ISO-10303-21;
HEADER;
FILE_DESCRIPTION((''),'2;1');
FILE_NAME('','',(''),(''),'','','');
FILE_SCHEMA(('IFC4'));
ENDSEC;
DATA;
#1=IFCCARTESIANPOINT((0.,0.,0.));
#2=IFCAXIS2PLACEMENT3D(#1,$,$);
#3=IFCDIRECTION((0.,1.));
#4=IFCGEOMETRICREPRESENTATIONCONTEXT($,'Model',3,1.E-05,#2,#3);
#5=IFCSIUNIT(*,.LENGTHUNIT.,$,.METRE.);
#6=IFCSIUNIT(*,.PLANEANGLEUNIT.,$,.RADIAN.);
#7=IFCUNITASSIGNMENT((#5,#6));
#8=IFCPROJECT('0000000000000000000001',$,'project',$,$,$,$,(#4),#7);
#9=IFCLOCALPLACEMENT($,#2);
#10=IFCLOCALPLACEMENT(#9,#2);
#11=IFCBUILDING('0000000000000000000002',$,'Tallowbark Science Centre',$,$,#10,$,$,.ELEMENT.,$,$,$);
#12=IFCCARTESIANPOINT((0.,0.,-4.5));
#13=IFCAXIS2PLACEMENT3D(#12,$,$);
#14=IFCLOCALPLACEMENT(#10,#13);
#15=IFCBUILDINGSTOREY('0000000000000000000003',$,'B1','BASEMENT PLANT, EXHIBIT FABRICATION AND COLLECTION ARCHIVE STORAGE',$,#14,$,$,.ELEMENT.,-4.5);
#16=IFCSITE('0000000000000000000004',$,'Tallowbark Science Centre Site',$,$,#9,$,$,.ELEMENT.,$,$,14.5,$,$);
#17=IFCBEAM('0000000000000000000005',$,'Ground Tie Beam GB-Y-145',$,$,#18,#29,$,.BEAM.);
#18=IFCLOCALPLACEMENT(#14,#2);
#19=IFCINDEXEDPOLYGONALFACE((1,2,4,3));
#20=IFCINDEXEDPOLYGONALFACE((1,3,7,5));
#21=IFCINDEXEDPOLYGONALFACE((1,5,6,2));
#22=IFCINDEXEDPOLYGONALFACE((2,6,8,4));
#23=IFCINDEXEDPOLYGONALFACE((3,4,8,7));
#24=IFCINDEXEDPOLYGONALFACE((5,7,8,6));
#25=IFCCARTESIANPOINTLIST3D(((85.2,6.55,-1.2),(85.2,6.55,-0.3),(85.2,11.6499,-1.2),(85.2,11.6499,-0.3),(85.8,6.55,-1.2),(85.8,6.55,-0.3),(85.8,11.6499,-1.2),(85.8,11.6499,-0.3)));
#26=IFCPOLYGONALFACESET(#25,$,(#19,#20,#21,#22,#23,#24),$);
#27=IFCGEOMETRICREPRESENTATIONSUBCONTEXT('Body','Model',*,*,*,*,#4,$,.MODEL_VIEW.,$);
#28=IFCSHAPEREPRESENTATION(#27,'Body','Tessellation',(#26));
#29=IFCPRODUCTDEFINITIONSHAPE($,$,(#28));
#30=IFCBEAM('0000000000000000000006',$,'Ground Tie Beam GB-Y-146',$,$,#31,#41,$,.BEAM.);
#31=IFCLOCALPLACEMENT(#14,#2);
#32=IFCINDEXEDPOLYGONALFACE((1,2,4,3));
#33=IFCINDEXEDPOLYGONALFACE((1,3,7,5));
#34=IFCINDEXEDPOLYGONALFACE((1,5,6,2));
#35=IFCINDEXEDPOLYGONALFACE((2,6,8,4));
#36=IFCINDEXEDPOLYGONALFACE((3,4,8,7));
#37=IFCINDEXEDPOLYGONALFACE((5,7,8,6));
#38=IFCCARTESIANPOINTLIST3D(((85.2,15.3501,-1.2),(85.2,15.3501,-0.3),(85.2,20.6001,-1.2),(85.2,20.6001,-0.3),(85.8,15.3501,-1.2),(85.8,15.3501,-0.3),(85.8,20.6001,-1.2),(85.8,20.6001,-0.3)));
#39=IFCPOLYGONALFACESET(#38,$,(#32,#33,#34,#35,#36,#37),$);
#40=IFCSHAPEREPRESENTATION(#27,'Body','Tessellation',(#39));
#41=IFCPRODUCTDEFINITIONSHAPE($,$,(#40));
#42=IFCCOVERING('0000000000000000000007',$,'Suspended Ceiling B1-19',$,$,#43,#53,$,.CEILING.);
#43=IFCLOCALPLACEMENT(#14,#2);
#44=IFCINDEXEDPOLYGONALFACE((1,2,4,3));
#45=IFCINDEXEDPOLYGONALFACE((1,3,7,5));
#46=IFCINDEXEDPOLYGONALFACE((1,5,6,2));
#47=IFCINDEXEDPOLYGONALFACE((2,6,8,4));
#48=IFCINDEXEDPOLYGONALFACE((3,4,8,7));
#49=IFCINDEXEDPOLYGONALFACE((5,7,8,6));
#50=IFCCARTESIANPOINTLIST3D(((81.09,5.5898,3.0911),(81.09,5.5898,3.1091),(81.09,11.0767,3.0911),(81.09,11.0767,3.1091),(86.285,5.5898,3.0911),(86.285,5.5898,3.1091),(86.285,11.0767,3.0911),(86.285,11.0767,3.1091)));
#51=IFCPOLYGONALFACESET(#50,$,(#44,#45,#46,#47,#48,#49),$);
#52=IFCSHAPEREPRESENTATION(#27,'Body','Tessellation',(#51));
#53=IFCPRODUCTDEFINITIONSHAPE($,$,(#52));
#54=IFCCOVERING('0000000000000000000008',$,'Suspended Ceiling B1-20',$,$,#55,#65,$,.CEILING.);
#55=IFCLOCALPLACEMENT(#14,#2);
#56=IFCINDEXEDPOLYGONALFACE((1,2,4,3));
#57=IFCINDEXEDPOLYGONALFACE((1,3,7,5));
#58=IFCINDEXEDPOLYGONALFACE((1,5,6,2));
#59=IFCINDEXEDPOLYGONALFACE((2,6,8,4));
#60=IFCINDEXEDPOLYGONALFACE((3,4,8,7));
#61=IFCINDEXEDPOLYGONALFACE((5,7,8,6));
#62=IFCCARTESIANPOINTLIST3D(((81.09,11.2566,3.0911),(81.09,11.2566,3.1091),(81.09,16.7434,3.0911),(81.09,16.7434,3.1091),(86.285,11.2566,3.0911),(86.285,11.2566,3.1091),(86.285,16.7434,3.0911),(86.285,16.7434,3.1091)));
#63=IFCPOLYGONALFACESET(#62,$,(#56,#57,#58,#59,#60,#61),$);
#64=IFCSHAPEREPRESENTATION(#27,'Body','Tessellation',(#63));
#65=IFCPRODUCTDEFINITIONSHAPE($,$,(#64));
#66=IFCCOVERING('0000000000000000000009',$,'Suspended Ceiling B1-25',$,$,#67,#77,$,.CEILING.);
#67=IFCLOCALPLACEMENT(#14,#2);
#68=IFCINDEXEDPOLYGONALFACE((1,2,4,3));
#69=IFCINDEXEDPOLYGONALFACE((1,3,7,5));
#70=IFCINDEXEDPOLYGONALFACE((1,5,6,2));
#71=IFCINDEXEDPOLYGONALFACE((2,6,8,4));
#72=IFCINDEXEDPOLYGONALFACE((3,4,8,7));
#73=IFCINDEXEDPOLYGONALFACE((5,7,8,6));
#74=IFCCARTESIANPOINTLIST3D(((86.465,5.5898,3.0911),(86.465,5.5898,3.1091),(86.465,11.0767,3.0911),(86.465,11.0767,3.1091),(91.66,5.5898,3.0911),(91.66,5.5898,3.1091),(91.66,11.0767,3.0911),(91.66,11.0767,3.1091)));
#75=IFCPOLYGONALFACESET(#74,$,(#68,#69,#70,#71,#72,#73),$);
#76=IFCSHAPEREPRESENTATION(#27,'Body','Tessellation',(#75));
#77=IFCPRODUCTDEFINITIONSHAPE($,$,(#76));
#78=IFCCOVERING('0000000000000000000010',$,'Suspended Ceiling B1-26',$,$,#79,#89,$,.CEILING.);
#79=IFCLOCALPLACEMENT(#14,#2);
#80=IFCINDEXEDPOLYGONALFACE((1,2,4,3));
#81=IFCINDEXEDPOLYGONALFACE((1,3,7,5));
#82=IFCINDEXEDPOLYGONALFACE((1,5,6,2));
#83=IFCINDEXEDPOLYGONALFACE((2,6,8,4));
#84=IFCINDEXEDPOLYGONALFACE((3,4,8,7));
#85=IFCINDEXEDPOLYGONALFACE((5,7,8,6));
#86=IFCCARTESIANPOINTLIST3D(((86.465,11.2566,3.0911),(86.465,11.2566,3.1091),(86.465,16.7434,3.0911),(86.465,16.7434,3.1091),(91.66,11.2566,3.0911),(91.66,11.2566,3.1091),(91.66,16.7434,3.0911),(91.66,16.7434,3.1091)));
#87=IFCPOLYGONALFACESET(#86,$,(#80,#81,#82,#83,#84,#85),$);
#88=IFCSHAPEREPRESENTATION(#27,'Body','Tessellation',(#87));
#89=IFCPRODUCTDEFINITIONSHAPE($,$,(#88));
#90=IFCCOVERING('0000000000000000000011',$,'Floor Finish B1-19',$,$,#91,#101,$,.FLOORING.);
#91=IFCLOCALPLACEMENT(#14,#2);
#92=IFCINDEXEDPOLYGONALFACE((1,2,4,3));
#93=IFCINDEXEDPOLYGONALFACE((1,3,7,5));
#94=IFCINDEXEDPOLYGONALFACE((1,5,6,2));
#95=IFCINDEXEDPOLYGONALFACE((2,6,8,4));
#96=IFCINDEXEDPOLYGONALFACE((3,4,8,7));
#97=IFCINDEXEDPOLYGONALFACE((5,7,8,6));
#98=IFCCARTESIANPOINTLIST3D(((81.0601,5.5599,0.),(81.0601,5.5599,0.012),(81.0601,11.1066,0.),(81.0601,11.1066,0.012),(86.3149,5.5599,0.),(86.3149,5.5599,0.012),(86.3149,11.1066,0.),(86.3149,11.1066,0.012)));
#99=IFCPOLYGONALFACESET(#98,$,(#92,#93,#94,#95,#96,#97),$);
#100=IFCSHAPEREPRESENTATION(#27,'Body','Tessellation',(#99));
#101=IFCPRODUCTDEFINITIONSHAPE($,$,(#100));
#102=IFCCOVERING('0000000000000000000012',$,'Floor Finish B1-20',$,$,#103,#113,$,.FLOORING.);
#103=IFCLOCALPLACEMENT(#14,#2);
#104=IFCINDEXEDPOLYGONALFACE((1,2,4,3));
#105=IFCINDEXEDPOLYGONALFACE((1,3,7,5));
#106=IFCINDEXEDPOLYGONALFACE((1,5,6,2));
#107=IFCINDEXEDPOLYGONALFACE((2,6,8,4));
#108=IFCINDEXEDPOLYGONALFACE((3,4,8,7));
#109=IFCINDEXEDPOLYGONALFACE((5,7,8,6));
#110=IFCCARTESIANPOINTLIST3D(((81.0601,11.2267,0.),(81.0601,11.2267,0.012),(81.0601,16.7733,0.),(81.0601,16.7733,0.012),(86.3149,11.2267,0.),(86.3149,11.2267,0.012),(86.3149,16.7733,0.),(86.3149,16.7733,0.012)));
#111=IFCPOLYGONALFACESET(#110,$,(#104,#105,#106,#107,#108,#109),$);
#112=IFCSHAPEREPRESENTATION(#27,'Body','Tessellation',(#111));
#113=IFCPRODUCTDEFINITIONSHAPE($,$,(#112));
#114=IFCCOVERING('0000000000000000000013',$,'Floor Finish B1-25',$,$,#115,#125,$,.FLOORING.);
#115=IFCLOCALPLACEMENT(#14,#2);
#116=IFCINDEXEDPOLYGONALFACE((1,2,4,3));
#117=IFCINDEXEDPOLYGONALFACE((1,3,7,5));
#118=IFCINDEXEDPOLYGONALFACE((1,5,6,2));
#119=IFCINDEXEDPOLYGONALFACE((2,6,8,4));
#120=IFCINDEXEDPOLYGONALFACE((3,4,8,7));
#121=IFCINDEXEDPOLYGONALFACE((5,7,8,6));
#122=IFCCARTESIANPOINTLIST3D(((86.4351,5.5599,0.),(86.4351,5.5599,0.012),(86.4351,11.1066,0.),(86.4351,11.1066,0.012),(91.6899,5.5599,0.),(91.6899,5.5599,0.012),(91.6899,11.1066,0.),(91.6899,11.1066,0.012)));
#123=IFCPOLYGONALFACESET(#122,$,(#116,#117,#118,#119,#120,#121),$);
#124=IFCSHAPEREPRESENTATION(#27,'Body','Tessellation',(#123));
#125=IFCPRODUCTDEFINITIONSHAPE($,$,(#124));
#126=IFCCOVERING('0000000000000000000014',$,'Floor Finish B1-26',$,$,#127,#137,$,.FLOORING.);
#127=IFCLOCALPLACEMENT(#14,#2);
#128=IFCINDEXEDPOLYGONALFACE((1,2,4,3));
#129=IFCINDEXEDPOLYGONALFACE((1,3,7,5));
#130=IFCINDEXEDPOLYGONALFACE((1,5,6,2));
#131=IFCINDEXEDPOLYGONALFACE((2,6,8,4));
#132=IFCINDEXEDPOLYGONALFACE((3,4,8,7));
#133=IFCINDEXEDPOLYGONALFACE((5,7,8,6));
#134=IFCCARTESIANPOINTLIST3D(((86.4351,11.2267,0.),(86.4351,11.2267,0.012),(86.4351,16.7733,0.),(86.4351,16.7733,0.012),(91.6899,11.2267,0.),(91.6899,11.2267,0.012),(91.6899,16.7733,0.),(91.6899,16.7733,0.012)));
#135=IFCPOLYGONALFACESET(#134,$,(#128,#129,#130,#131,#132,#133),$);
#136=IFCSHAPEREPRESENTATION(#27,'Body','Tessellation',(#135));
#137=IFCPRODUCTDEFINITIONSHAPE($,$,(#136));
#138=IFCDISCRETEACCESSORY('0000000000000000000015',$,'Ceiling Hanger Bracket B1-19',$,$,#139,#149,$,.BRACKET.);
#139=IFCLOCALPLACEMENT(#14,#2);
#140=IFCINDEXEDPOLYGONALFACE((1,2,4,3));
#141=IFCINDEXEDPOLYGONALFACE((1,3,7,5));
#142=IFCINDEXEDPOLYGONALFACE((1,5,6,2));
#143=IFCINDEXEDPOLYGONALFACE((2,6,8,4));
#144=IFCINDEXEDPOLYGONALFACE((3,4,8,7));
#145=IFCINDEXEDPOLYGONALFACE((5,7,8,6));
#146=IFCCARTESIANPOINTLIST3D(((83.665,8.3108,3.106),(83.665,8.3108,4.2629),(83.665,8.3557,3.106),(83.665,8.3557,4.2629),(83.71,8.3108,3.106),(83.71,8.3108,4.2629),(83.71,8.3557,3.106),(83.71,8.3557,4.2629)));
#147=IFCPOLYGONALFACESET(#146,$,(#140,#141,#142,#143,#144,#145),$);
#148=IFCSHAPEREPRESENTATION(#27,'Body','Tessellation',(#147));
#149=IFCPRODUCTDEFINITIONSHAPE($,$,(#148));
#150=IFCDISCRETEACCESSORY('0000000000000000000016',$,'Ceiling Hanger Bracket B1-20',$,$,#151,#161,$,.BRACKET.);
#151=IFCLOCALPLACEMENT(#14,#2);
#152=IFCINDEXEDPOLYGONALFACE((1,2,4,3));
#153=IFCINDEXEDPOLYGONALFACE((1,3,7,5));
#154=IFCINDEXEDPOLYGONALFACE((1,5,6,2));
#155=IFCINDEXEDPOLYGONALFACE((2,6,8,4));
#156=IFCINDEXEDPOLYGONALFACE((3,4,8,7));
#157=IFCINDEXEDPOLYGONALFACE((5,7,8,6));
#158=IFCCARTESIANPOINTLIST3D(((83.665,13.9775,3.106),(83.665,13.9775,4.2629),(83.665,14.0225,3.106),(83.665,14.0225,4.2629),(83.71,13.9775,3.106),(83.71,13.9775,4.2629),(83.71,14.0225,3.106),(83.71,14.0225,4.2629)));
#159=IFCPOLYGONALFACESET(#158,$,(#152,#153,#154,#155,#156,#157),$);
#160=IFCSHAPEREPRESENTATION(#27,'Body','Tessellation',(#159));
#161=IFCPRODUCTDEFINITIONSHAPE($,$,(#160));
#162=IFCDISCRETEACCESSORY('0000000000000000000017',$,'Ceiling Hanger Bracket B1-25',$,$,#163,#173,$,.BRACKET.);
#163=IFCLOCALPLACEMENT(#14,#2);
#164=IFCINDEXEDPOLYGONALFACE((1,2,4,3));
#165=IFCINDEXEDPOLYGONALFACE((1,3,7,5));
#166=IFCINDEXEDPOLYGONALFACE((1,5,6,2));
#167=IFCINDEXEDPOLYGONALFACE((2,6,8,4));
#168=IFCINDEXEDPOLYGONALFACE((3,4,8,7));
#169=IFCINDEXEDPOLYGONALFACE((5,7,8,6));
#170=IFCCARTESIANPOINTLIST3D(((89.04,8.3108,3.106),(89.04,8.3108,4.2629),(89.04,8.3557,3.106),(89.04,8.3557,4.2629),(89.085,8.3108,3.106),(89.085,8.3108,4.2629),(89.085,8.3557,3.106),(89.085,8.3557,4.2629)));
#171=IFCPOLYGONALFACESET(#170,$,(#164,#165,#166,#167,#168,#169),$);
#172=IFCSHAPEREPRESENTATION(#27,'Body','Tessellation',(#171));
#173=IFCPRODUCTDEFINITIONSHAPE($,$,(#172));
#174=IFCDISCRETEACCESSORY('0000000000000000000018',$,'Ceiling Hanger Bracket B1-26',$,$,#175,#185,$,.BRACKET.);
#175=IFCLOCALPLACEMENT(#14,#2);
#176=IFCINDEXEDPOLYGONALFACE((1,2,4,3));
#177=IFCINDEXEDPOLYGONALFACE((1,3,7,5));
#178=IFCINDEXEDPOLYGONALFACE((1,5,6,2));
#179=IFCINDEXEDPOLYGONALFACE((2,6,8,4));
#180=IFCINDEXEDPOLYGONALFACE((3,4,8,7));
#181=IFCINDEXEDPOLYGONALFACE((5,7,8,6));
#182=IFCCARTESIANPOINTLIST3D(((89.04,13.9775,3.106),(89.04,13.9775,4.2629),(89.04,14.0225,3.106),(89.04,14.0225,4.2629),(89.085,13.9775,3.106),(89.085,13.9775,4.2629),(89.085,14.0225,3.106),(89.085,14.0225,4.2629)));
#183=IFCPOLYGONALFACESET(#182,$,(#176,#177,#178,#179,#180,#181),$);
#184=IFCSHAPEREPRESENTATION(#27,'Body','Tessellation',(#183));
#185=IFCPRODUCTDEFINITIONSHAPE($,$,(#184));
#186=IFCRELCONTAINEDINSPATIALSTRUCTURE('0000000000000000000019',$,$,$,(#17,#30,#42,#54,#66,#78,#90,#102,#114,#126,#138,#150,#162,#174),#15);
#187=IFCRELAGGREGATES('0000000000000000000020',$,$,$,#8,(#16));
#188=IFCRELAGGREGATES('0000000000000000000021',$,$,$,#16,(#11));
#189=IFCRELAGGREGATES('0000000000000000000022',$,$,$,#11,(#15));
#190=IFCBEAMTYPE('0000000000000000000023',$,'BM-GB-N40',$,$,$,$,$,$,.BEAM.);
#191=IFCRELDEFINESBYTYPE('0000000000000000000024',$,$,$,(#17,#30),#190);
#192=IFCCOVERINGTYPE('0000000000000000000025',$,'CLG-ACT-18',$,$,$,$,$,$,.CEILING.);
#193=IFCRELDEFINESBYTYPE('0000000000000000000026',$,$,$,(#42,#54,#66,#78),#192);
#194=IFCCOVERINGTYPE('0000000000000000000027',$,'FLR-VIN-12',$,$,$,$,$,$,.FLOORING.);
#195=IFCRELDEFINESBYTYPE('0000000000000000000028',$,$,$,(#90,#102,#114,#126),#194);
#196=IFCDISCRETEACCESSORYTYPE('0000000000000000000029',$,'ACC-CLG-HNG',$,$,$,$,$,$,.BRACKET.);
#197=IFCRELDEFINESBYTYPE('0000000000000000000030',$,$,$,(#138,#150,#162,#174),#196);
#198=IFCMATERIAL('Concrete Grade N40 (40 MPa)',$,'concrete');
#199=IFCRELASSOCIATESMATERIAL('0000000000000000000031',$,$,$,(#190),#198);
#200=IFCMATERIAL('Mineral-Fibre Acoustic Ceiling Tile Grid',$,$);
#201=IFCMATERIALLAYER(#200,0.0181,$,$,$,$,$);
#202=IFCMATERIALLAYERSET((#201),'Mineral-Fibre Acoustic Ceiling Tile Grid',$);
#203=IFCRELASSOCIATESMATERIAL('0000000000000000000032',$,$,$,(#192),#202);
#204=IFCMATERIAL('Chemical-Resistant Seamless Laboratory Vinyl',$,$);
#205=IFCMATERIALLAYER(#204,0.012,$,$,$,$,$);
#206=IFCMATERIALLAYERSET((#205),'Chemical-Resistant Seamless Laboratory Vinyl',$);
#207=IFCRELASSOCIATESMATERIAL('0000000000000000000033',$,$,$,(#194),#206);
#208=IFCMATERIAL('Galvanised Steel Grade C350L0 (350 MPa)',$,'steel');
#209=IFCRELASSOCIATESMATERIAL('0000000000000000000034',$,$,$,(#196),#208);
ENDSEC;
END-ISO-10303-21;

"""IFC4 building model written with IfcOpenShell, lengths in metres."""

from ifc_helpers import new_model, si_unit, direction, frame, origin, origin_2d, place, context, subcontext, project, spatial, rectangle, extrude, material, layer, layer_set, material_profile, profile_set, type_object, element, save


model = new_model("IFC4")

# Units and contexts
model_context = context("Model", 3, precision=1e-05, world=origin(), true_north=direction((0.0, 1.0)))
body_context = subcontext(model_context, "Body", "Model", "MODEL_VIEW")
ifc_project = project(units=[si_unit("LENGTHUNIT", "METRE"), si_unit("PLANEANGLEUNIT", "RADIAN")], contexts=[model_context])

# Site, building, storey
site_placement = place(None, origin())
site = spatial("IfcSite", under=ifc_project, at=site_placement, Name="Tallowbark Science Centre Site", CompositionType="ELEMENT", RefElevation=14.5)
building_placement = place(site_placement, origin())
building = spatial("IfcBuilding", under=site, at=building_placement, Name="Tallowbark Science Centre", CompositionType="ELEMENT")
storey_placement = place(building_placement, frame((0.0, 0.0, -4.5)))
storey = spatial("IfcBuildingStorey", under=building, at=storey_placement, Name="B1", Description="BASEMENT PLANT, EXHIBIT FABRICATION AND COLLECTION ARCHIVE STORAGE", CompositionType="ELEMENT", Elevation=-4.5)

# Shared definitions
ifc_material_1 = material(Name="Concrete Grade N40 (40 MPa)", Category="concrete")

# Beams
ifc_material_profile_1 = material_profile(ifc_material_1, rectangle(XDim=0.6001, YDim=0.8999, at=origin_2d()), Name="RC600x900")
ifc_profile_set_1 = profile_set([ifc_material_profile_1], Name="Concrete Grade N40 (40 MPa)")
beam_type = type_object("IfcBeamType", Name="BM-GB-N40", PredefinedType="BEAM", material=ifc_profile_set_1)
beam_1_placement = place(storey_placement, frame((85.5, 6.55, -0.75), z_axis=(0.0, 1.0, 0.0), x_axis=(-1.0, 0.0, 0.0)))
element("IfcBeam", 1, at=beam_1_placement, inside=storey, type_object=beam_type, Name="Ground Tie Beam GB-Y-145", PredefinedType="BEAM", context=body_context, shape_type="SweptSolid", body=[
    extrude(rectangle(XDim=0.6001, YDim=0.8999, at=origin_2d()), origin(), (0.0, 0.0, 1.0), 5.0999),
])
beam_2_placement = place(storey_placement, frame((85.5, 15.3501, -0.75), z_axis=(0.0, 1.0, 0.0), x_axis=(-1.0, 0.0, 0.0)))
element("IfcBeam", 2, at=beam_2_placement, inside=storey, type_object=beam_type, Name="Ground Tie Beam GB-Y-146", PredefinedType="BEAM", context=body_context, shape_type="SweptSolid", body=[
    extrude(rectangle(XDim=0.6001, YDim=0.8999, at=origin_2d()), origin(), (0.0, 0.0, 1.0), 5.25),
])

# Coverings
ifc_material_2 = material(Name="Mineral-Fibre Acoustic Ceiling Tile Grid")
ifc_layer_1 = layer(ifc_material_2, 0.0181)
ifc_layer_set_1 = layer_set([ifc_layer_1], Name="Mineral-Fibre Acoustic Ceiling Tile Grid")
covering_type_1 = type_object("IfcCoveringType", Name="CLG-ACT-18", PredefinedType="CEILING", material=ifc_layer_set_1)
for number, where, z_axis, x_axis, name in (
    (3, (83.6875, 8.3333, 3.0911), (0.0, 0.0, 1.0), (1.0, 0.0, 0.0), "Suspended Ceiling B1-19"),
    (4, (83.6875, 14.0, 3.0911), (0.0, 0.0, 1.0), (1.0, 0.0, 0.0), "Suspended Ceiling B1-20"),
    (5, (89.0625, 8.3333, 3.0911), (0.0, 0.0, 1.0), (1.0, 0.0, 0.0), "Suspended Ceiling B1-25"),
    (6, (89.0625, 14.0, 3.0911), (0.0, 0.0, 1.0), (1.0, 0.0, 0.0), "Suspended Ceiling B1-26"),
):
    element("IfcCovering", number, at=place(storey_placement, frame(where, z_axis=z_axis, x_axis=x_axis)), inside=storey, type_object=covering_type_1, Name=name, PredefinedType="CEILING", context=body_context, shape_type="SweptSolid", body=[
        extrude(rectangle(XDim=5.1951, YDim=5.4868, at=origin_2d()), origin(), (0.0, 0.0, 1.0), 0.0181),
    ])
ifc_material_3 = material(Name="Chemical-Resistant Seamless Laboratory Vinyl")
ifc_layer_2 = layer(ifc_material_3, 0.012)
ifc_layer_set_2 = layer_set([ifc_layer_2], Name="Chemical-Resistant Seamless Laboratory Vinyl")
covering_type_2 = type_object("IfcCoveringType", Name="FLR-VIN-12", PredefinedType="FLOORING", material=ifc_layer_set_2)
for number, where, z_axis, x_axis, name in (
    (7, (83.6875, 8.3333, 0.0), (0.0, 0.0, 1.0), (1.0, 0.0, 0.0), "Floor Finish B1-19"),
    (8, (83.6875, 14.0, 0.0), (0.0, 0.0, 1.0), (1.0, 0.0, 0.0), "Floor Finish B1-20"),
    (9, (89.0625, 8.3333, 0.0), (0.0, 0.0, 1.0), (1.0, 0.0, 0.0), "Floor Finish B1-25"),
    (10, (89.0625, 14.0, 0.0), (0.0, 0.0, 1.0), (1.0, 0.0, 0.0), "Floor Finish B1-26"),
):
    element("IfcCovering", number, at=place(storey_placement, frame(where, z_axis=z_axis, x_axis=x_axis)), inside=storey, type_object=covering_type_2, Name=name, PredefinedType="FLOORING", context=body_context, shape_type="SweptSolid", body=[
        extrude(rectangle(XDim=5.2549, YDim=5.5466, at=origin_2d()), origin(), (0.0, 0.0, 1.0), 0.012),
    ])

# Discrete accessories
ifc_material_4 = material(Name="Galvanised Steel Grade C350L0 (350 MPa)", Category="steel")
discrete_accessory_type = type_object("IfcDiscreteAccessoryType", Name="ACC-CLG-HNG", PredefinedType="BRACKET", material=ifc_material_4)
for number, where, z_axis, x_axis, name in (
    (11, (83.6875, 8.3333, 3.106), (0.0, 0.0, 1.0), (1.0, 0.0, 0.0), "Ceiling Hanger Bracket B1-19"),
    (12, (83.6875, 14.0, 3.106), (0.0, 0.0, 1.0), (1.0, 0.0, 0.0), "Ceiling Hanger Bracket B1-20"),
    (13, (89.0625, 8.3333, 3.106), (0.0, 0.0, 1.0), (1.0, 0.0, 0.0), "Ceiling Hanger Bracket B1-25"),
    (14, (89.0625, 14.0, 3.106), (0.0, 0.0, 1.0), (1.0, 0.0, 0.0), "Ceiling Hanger Bracket B1-26"),
):
    element("IfcDiscreteAccessory", number, at=place(storey_placement, frame(where, z_axis=z_axis, x_axis=x_axis)), inside=storey, type_object=discrete_accessory_type, Name=name, PredefinedType="BRACKET", context=body_context, shape_type="SweptSolid", body=[
        extrude(rectangle(XDim=0.0449, YDim=0.0449, at=origin_2d()), origin(), (0.0, 0.0, 1.0), 1.157),
    ])

save(model, "model.ifc")
